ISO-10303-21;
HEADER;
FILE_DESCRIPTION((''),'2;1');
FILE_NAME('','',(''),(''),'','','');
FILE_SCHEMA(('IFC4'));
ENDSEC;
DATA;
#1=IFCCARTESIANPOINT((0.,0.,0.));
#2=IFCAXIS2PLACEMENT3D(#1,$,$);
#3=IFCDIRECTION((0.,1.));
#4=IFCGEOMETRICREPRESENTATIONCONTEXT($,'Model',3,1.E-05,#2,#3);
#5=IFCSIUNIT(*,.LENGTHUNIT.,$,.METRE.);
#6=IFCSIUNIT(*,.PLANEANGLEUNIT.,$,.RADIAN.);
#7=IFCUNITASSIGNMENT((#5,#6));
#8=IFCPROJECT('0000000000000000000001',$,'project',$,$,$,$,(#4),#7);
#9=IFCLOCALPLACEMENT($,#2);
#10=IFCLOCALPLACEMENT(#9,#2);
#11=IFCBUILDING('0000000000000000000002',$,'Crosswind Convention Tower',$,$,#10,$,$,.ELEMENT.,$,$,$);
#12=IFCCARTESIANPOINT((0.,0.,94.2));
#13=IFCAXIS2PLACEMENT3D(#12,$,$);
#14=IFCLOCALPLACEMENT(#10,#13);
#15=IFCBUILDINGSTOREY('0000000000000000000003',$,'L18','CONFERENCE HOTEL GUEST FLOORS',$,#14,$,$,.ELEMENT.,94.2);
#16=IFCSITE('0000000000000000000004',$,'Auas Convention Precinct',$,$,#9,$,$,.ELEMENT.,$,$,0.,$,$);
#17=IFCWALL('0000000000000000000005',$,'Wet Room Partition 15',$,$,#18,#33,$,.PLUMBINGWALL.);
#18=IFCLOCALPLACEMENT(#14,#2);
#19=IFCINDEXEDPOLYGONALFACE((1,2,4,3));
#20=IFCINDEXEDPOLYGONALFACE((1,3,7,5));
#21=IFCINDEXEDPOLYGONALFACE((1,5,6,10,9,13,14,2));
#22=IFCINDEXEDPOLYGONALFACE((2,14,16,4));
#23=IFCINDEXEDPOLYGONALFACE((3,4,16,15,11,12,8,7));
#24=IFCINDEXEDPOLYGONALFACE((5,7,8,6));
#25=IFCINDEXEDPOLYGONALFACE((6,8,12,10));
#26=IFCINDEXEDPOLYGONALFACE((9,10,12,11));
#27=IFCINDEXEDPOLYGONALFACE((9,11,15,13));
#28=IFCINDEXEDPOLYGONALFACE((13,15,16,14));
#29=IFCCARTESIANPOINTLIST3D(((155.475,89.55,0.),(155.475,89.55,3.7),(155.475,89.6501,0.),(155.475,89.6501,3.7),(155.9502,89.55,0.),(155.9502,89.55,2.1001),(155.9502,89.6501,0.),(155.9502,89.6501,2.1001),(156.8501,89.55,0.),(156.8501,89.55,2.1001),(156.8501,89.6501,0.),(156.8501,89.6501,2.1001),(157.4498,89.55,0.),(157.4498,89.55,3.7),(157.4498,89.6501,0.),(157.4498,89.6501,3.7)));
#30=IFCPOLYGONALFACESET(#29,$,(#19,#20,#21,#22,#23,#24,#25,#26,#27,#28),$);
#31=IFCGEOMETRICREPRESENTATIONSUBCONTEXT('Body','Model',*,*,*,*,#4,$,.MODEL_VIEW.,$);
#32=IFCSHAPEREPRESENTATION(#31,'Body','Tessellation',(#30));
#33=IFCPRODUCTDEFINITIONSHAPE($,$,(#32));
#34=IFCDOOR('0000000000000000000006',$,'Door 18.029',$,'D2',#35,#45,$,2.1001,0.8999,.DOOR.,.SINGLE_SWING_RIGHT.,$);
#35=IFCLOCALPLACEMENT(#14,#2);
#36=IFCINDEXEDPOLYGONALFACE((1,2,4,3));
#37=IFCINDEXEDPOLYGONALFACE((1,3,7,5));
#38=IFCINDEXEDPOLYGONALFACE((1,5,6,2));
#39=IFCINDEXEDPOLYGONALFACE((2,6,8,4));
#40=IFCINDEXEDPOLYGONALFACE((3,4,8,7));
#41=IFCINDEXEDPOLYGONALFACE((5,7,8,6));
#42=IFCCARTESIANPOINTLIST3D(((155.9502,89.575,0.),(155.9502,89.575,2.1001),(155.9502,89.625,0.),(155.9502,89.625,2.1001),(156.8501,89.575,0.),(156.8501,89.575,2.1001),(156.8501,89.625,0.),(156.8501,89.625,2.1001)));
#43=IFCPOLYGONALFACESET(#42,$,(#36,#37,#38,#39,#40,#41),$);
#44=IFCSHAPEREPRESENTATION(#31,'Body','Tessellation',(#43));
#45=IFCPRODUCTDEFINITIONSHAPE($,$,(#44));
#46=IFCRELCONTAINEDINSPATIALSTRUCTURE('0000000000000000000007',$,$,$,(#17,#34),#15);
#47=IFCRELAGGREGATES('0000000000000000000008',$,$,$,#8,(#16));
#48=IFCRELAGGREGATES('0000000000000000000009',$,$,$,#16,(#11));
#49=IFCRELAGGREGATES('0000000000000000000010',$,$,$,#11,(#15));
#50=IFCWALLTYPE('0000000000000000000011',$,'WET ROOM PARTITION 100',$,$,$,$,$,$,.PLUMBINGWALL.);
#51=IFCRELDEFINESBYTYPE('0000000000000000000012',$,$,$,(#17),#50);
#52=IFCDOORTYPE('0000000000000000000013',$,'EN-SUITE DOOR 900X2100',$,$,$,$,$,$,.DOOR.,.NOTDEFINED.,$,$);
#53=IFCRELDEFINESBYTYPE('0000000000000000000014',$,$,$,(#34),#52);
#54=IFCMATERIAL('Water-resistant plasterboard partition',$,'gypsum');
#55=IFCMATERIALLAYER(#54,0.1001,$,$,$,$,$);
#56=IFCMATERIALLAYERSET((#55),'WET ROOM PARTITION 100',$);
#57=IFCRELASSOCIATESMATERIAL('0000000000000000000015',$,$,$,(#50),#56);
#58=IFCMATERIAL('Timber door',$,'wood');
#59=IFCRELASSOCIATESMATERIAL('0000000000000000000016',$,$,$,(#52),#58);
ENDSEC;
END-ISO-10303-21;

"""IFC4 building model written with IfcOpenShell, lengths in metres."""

from ifc_helpers import new_model, si_unit, direction, frame, frame_2d, origin, place, context, subcontext, project, spatial, rectangle, extrude, material, layer, layer_set, type_object, element, fill, save


model = new_model("IFC4")

# Units and contexts
model_context = context("Model", 3, precision=1e-05, world=origin(), true_north=direction((0.0, 1.0)))
body_context = subcontext(model_context, "Body", "Model", "MODEL_VIEW")
ifc_project = project(units=[si_unit("LENGTHUNIT", "METRE"), si_unit("PLANEANGLEUNIT", "RADIAN")], contexts=[model_context])

# Site, building, storey
site_placement = place(None, origin())
site = spatial("IfcSite", under=ifc_project, at=site_placement, Name="Auas Convention Precinct", CompositionType="ELEMENT", RefElevation=0.0)
building_placement = place(site_placement, origin())
building = spatial("IfcBuilding", under=site, at=building_placement, Name="Crosswind Convention Tower", CompositionType="ELEMENT")
storey_placement = place(building_placement, frame((0.0, 0.0, 94.2)))
storey = spatial("IfcBuildingStorey", under=building, at=storey_placement, Name="L18", Description="CONFERENCE HOTEL GUEST FLOORS", CompositionType="ELEMENT", Elevation=94.2)

# Wall, opening, door
ifc_material_1 = material(Name="Water-resistant plasterboard partition", Category="gypsum")
ifc_layer_1 = layer(ifc_material_1, 0.1001)
ifc_layer_set_1 = layer_set([ifc_layer_1], Name="WET ROOM PARTITION 100")
wall_type_1 = type_object("IfcWallType", Name="WET ROOM PARTITION 100", PredefinedType="PLUMBINGWALL", material=ifc_layer_set_1)
wall_1_placement = place(storey_placement, frame((155.4751, 89.6001, 0.0), z_axis=(0.0, 0.0, 1.0), x_axis=(1.0, 0.0, 0.0)))
wall_1 = element("IfcWall", 1, at=wall_1_placement, inside=storey, type_object=wall_type_1, Name="Wet Room Partition 15", PredefinedType="PLUMBINGWALL", context=body_context, shape_type="SweptSolid", body=[
    extrude(rectangle(XDim=1.9749, YDim=0.1001, at=frame_2d((0.9873, 0.0))), origin(), (0.0, 0.0, 1.0), 3.7),
])
opening_1_placement = place(wall_1_placement, frame((0.4751, 0.0, 0.0)))
opening_1 = element("IfcOpeningElement", 2, at=opening_1_placement, cuts=wall_1, PredefinedType="OPENING", context=body_context, shape_type="SweptSolid", body=[
    extrude(rectangle(XDim=0.8999, YDim=2.1001, at=frame_2d((0.45, 1.05))), frame((0.0, 0.0601, 0.0), z_axis=(0.0, -1.0, 0.0), x_axis=(1.0, 0.0, 0.0)), (0.0, 0.0, 1.0), 0.1201),
])
ifc_material_2 = material(Name="Timber door", Category="wood")
door_type_1 = type_object("IfcDoorType", Name="EN-SUITE DOOR 900X2100", OperationType="NOTDEFINED", PredefinedType="DOOR", material=ifc_material_2)
door_1_placement = place(opening_1_placement, origin())
door_1 = element("IfcDoor", 3, at=door_1_placement, inside=storey, type_object=door_type_1, Name="Door 18.029", ObjectType="D2", OperationType="SINGLE_SWING_RIGHT", OverallHeight=2.1001, OverallWidth=0.8999, PredefinedType="DOOR", context=body_context, shape_type="SweptSolid", body=[
    extrude(rectangle(XDim=0.8999, YDim=2.1001, at=frame_2d((0.45, 1.05))), frame((0.0, 0.0249, 0.0), z_axis=(0.0, -1.0, 0.0), x_axis=(1.0, 0.0, 0.0)), (0.0, 0.0, 1.0), 0.05),
])
fill(opening_1, door_1)

save(model, "model.ifc")
